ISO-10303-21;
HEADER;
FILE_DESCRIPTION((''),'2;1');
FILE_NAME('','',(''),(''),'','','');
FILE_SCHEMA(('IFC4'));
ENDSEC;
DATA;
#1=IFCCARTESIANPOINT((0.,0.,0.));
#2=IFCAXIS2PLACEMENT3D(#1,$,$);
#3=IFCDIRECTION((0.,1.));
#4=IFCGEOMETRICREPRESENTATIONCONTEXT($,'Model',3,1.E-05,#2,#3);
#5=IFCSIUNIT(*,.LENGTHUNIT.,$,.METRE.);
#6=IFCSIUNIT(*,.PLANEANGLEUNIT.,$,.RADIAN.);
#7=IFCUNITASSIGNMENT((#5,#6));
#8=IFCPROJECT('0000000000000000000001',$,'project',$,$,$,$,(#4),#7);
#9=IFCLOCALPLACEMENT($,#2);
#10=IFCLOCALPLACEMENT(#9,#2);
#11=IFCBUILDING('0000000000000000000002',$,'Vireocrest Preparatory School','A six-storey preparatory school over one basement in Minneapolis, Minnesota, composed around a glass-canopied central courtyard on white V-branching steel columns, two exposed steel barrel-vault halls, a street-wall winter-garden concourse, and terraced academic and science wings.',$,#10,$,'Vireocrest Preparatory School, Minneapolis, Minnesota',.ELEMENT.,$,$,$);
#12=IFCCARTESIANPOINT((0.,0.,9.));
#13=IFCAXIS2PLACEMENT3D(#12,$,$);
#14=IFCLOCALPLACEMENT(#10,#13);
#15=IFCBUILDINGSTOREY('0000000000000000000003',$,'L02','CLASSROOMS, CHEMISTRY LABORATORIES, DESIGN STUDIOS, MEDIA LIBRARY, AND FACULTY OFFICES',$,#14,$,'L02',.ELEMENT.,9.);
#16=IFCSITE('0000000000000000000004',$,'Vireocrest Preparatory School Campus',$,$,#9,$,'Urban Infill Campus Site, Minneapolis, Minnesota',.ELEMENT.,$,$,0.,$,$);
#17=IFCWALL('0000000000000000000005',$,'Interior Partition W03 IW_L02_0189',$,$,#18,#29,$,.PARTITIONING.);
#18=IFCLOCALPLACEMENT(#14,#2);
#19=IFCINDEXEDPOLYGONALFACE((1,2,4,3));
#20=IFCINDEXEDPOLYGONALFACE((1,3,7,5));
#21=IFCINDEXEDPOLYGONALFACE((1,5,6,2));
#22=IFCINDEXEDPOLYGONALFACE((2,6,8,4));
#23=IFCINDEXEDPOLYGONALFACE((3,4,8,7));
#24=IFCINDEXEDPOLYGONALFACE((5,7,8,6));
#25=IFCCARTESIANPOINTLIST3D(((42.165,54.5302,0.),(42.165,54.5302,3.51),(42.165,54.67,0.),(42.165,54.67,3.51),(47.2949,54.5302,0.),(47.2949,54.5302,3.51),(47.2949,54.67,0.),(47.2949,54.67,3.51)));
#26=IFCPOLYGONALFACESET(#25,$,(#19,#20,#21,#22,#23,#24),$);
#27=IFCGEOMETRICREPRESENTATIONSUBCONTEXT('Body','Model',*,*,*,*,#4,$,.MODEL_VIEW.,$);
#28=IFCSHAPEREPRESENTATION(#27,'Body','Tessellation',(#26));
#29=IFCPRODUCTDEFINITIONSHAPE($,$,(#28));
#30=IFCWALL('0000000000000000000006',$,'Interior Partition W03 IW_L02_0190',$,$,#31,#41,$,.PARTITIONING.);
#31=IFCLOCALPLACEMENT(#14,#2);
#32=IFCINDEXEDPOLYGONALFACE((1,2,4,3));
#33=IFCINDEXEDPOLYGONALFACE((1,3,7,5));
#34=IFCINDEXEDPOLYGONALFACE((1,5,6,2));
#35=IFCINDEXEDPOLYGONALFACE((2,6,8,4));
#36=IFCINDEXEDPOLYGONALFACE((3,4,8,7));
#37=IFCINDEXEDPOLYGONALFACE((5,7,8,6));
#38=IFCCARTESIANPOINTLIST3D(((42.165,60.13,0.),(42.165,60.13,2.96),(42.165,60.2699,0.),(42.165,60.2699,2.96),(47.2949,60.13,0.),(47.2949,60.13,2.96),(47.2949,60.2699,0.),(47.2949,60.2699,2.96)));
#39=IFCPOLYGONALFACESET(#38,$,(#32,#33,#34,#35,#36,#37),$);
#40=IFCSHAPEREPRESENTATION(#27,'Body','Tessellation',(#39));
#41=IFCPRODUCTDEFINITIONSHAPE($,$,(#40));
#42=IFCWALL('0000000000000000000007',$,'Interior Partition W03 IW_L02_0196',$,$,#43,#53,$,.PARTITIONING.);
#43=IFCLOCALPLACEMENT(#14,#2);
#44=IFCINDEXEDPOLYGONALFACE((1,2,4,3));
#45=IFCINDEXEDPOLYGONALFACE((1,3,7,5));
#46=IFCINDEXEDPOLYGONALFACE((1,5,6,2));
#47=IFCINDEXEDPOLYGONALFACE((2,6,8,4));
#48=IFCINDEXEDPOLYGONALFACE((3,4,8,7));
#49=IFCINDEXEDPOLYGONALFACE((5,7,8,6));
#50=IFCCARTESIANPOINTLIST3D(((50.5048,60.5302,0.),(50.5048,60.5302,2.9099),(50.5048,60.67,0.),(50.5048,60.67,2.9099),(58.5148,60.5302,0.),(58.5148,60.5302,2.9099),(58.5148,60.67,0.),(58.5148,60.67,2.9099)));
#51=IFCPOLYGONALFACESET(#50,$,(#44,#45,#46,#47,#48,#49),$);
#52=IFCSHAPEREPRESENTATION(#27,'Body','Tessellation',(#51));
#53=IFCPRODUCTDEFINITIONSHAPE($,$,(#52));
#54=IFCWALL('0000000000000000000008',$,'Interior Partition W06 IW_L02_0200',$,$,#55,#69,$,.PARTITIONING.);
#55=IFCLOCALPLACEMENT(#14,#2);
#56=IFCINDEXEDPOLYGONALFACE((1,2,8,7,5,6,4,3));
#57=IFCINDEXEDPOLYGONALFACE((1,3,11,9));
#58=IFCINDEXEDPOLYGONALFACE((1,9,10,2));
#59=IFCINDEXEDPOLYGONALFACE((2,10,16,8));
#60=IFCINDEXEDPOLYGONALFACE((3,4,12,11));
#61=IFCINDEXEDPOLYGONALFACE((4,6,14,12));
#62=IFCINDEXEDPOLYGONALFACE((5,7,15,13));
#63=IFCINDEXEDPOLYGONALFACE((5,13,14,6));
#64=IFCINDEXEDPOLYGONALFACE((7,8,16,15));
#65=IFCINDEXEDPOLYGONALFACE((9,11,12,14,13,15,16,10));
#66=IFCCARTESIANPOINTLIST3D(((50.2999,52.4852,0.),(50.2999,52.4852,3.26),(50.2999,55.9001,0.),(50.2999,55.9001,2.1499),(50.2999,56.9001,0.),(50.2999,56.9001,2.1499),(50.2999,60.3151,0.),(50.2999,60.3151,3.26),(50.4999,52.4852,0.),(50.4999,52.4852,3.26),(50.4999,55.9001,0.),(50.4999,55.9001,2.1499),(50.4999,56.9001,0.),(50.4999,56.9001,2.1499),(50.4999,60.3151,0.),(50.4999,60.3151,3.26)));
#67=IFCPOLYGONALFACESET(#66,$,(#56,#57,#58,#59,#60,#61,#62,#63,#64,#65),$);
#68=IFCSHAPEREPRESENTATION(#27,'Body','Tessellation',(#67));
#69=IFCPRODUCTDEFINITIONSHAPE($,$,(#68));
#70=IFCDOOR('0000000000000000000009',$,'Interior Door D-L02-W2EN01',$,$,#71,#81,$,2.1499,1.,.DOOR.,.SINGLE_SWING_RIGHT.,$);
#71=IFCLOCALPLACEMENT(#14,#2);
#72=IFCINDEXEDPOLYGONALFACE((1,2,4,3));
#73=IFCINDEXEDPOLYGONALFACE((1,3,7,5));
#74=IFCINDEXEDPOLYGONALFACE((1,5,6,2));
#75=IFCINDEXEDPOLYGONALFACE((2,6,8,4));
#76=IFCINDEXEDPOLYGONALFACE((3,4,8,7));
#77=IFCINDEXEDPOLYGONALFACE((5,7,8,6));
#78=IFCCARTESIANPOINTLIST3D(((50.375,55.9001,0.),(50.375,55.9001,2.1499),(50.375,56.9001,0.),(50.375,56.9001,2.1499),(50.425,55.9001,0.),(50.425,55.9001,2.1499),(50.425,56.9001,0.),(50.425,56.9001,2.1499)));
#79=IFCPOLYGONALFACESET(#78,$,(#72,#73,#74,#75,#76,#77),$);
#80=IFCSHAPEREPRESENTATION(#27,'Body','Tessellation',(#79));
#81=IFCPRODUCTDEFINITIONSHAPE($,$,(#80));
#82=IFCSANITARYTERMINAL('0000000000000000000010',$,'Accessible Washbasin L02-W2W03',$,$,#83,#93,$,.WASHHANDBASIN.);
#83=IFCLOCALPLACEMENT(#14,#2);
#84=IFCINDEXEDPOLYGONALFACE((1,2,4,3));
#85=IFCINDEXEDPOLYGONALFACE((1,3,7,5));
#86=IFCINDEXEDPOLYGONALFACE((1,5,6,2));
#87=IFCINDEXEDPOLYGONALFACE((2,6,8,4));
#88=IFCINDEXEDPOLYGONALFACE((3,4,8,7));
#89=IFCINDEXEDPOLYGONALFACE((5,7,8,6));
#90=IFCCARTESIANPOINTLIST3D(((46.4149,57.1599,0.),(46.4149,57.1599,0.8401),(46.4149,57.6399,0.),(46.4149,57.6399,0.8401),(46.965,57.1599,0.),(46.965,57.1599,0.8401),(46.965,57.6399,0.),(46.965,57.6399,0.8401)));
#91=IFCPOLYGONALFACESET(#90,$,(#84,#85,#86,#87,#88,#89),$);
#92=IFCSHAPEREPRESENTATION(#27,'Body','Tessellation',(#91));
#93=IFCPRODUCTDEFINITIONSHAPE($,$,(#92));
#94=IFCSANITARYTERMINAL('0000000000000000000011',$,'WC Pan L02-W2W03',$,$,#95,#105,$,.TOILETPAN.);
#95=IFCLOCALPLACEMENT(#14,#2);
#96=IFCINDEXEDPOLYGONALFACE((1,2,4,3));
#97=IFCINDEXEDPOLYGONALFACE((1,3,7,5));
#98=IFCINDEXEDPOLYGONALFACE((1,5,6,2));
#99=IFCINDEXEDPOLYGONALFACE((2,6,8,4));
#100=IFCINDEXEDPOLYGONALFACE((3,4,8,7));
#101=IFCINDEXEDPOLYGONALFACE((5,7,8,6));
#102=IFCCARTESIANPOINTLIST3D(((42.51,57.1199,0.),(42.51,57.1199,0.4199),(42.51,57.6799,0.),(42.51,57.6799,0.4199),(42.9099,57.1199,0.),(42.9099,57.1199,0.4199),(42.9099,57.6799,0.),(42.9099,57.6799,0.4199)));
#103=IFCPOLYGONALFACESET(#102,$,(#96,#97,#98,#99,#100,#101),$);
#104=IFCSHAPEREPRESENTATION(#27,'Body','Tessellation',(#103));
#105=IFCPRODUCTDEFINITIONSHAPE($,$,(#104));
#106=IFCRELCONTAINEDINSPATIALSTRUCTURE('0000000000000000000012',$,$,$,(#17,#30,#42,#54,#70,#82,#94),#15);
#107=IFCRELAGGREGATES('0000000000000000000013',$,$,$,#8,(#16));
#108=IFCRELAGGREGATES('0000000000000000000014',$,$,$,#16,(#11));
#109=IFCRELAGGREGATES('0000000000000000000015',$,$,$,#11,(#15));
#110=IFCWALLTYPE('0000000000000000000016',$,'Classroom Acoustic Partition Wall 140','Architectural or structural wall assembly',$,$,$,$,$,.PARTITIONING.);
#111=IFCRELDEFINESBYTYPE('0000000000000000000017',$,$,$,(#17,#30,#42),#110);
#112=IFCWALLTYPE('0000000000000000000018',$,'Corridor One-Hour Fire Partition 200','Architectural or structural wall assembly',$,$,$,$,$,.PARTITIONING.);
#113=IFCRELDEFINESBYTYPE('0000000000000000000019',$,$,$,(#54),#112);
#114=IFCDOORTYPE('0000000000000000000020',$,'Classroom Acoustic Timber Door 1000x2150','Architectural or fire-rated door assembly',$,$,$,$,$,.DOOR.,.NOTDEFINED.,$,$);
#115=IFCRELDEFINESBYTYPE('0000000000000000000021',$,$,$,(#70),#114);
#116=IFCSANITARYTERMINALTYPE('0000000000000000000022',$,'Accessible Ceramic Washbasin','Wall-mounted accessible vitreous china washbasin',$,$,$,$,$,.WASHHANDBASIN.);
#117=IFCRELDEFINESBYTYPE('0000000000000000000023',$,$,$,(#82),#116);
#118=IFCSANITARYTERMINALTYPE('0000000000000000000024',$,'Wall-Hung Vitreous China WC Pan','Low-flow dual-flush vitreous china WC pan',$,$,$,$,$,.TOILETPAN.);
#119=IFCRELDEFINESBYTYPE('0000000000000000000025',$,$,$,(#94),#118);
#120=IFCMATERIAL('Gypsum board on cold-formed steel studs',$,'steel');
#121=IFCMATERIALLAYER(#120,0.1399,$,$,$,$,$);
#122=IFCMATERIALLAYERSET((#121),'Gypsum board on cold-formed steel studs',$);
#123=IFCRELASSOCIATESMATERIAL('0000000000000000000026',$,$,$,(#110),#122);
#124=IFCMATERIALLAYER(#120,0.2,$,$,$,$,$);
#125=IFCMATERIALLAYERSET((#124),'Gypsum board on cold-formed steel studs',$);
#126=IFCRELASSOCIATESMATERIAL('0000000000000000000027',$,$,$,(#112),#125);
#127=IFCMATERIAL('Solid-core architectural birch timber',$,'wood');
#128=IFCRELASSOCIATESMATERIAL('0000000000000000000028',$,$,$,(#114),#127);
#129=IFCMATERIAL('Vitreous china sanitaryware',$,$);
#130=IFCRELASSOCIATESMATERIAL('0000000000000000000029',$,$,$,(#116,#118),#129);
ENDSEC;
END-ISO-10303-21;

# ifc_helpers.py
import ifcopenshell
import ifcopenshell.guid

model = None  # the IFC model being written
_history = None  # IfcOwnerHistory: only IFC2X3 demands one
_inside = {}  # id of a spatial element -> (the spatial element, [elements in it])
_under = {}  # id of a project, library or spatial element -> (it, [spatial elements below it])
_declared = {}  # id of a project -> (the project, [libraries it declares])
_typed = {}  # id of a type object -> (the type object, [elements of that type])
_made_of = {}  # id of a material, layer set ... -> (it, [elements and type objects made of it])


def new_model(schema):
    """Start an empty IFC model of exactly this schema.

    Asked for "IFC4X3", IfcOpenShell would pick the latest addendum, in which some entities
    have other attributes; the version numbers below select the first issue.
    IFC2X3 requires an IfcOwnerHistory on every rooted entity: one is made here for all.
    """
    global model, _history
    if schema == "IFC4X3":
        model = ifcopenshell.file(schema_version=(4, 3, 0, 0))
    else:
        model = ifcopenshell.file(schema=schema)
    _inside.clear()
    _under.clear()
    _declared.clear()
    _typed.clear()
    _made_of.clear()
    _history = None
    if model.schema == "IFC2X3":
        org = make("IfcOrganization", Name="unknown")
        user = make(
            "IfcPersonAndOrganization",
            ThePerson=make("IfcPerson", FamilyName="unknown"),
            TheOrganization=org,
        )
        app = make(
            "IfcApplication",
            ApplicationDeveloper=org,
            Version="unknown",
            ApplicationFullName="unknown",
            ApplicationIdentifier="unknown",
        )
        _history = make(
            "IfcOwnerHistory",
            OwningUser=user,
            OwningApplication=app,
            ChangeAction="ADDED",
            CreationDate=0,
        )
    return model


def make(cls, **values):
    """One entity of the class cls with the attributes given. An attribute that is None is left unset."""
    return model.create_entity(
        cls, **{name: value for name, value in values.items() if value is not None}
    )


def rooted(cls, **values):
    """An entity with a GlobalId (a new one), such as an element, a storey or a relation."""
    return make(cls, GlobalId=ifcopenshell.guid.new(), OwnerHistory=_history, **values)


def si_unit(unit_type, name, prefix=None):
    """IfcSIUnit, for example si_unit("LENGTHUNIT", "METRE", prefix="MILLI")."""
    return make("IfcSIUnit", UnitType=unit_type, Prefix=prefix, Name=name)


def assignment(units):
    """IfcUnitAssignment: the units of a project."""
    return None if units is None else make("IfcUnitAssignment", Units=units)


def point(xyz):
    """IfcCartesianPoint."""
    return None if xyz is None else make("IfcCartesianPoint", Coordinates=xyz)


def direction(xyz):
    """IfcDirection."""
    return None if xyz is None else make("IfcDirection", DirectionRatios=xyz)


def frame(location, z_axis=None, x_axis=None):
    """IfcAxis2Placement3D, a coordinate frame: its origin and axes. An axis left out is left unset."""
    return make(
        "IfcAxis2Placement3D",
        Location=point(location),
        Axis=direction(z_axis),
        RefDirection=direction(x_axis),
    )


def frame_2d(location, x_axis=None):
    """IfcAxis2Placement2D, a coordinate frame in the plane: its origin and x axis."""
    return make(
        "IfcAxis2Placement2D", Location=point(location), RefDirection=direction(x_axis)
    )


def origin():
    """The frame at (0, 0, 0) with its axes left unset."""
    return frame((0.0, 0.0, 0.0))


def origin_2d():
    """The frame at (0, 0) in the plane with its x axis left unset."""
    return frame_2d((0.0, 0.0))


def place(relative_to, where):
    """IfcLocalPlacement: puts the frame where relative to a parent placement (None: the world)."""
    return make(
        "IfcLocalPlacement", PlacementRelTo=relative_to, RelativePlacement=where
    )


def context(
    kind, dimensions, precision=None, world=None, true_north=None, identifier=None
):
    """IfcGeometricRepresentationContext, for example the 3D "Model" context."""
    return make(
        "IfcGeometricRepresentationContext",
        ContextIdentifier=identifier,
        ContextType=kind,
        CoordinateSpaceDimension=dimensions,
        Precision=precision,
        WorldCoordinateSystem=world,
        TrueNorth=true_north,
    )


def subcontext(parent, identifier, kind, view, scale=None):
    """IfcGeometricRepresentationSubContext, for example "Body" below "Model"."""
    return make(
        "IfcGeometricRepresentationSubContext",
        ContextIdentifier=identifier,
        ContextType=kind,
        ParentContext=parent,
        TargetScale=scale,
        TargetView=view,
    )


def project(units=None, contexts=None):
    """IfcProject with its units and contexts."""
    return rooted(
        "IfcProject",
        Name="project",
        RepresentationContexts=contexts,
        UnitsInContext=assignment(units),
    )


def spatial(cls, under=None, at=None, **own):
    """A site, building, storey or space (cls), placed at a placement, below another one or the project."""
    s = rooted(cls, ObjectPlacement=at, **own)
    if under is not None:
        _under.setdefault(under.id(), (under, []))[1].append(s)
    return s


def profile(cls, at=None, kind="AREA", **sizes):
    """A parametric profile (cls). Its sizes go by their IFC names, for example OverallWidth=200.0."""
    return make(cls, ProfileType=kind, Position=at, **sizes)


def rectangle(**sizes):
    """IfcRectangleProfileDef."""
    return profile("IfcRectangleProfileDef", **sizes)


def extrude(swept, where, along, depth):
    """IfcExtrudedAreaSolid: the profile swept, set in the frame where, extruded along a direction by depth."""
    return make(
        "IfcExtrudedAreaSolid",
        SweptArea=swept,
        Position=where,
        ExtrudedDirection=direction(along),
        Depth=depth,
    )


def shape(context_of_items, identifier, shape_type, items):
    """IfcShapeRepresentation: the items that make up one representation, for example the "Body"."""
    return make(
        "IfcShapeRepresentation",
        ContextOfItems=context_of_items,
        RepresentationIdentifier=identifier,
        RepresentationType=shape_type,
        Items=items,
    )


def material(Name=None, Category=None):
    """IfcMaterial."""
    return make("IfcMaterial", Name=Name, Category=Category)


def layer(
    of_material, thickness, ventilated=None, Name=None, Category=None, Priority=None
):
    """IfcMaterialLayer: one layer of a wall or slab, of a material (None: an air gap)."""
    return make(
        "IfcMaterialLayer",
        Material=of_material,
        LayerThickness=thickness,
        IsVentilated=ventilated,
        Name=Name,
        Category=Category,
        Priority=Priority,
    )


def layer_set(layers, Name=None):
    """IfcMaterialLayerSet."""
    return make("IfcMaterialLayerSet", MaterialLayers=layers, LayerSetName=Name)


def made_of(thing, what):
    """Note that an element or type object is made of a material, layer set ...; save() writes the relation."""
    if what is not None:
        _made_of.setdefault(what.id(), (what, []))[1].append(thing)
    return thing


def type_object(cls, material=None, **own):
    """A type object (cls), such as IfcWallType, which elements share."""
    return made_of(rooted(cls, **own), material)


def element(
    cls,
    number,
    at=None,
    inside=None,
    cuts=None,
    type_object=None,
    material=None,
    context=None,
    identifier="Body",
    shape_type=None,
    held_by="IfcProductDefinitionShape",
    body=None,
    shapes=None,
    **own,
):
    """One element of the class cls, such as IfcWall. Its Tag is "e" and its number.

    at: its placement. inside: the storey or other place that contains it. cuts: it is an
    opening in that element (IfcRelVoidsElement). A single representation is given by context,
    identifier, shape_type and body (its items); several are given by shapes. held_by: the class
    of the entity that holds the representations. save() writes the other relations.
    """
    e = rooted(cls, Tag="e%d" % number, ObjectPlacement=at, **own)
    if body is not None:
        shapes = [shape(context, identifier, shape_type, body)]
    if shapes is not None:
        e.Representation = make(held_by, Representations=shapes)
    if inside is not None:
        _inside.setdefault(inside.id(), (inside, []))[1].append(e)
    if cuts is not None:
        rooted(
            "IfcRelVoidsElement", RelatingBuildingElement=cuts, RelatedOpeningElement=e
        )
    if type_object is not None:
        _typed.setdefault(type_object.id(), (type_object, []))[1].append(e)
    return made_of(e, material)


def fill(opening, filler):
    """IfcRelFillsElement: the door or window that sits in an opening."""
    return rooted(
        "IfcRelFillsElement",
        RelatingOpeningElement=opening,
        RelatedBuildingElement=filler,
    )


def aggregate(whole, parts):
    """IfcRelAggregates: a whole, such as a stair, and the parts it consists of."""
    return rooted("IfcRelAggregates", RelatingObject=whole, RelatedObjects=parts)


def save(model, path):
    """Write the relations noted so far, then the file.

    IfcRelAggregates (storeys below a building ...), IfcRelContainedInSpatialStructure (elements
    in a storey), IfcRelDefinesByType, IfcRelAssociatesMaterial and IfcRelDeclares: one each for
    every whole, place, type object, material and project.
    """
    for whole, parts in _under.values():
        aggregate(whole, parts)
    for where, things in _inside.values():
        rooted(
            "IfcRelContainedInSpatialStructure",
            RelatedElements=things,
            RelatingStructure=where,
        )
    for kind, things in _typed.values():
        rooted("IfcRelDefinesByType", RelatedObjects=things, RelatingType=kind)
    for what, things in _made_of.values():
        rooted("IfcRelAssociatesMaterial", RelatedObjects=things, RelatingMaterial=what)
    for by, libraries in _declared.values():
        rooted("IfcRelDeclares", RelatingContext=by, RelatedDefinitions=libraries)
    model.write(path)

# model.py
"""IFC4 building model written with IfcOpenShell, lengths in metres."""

from ifc_helpers import new_model, si_unit, direction, frame, frame_2d, origin, origin_2d, place, context, subcontext, project, spatial, rectangle, extrude, material, layer, layer_set, type_object, element, fill, save


model = new_model("IFC4")

# Units and contexts
model_context = context("Model", 3, precision=1e-05, world=origin(), true_north=direction((0.0, 1.0)))
body_context = subcontext(model_context, "Body", "Model", "MODEL_VIEW")
ifc_project = project(units=[si_unit("LENGTHUNIT", "METRE"), si_unit("PLANEANGLEUNIT", "RADIAN")], contexts=[model_context])

# Site, building, storey
site_placement = place(None, origin())
site = spatial("IfcSite", under=ifc_project, at=site_placement, Name="Vireocrest Preparatory School Campus", LongName="Urban Infill Campus Site, Minneapolis, Minnesota", CompositionType="ELEMENT", RefElevation=0.0)
building_placement = place(site_placement, origin())
building = spatial("IfcBuilding", under=site, at=building_placement, Name="Vireocrest Preparatory School", Description="A six-storey preparatory school over one basement in Minneapolis, Minnesota, composed around a glass-canopied central courtyard on white V-branching steel columns, two exposed steel barrel-vault halls, a street-wall winter-garden concourse, and terraced academic and science wings.", LongName="Vireocrest Preparatory School, Minneapolis, Minnesota", CompositionType="ELEMENT")
storey_placement = place(building_placement, frame((0.0, 0.0, 9.0)))
storey = spatial("IfcBuildingStorey", under=building, at=storey_placement, Name="L02", Description="CLASSROOMS, CHEMISTRY LABORATORIES, DESIGN STUDIOS, MEDIA LIBRARY, AND FACULTY OFFICES", LongName="L02", CompositionType="ELEMENT", Elevation=9.0)

# Walls
ifc_material_1 = material(Name="Gypsum board on cold-formed steel studs", Category="steel")
ifc_layer_1 = layer(ifc_material_1, 0.1399)
ifc_layer_set_1 = layer_set([ifc_layer_1], Name="Gypsum board on cold-formed steel studs")
wall_type_1 = type_object("IfcWallType", Name="Classroom Acoustic Partition Wall 140", Description="Architectural or structural wall assembly", PredefinedType="PARTITIONING", material=ifc_layer_set_1)
wall_1_placement = place(storey_placement, frame((42.165, 54.6001, 0.0), z_axis=(0.0, 0.0, 1.0), x_axis=(1.0, 0.0, 0.0)))
element("IfcWall", 1, at=wall_1_placement, inside=storey, type_object=wall_type_1, Name="Interior Partition W03 IW_L02_0189", PredefinedType="PARTITIONING", context=body_context, shape_type="SweptSolid", body=[
    extrude(rectangle(XDim=5.1299, YDim=0.1399, at=frame_2d((2.5649, 0.0))), origin(), (0.0, 0.0, 1.0), 3.51),
])
wall_2_placement = place(storey_placement, frame((42.165, 60.2, 0.0), z_axis=(0.0, 0.0, 1.0), x_axis=(1.0, 0.0, 0.0)))
element("IfcWall", 2, at=wall_2_placement, inside=storey, type_object=wall_type_1, Name="Interior Partition W03 IW_L02_0190", PredefinedType="PARTITIONING", context=body_context, shape_type="SweptSolid", body=[
    extrude(rectangle(XDim=5.1299, YDim=0.1399, at=frame_2d((2.5649, 0.0))), origin(), (0.0, 0.0, 1.0), 2.96),
])
wall_3_placement = place(storey_placement, frame((50.5049, 60.6001, 0.0), z_axis=(0.0, 0.0, 1.0), x_axis=(1.0, 0.0, 0.0)))
element("IfcWall", 3, at=wall_3_placement, inside=storey, type_object=wall_type_1, Name="Interior Partition W03 IW_L02_0196", PredefinedType="PARTITIONING", context=body_context, shape_type="SweptSolid", body=[
    extrude(rectangle(XDim=8.01, YDim=0.1399, at=frame_2d((4.0049, 0.0))), origin(), (0.0, 0.0, 1.0), 2.9099),
])

# Wall, opening, door
ifc_layer_2 = layer(ifc_material_1, 0.2)
ifc_layer_set_2 = layer_set([ifc_layer_2], Name="Gypsum board on cold-formed steel studs")
wall_type_2 = type_object("IfcWallType", Name="Corridor One-Hour Fire Partition 200", Description="Architectural or structural wall assembly", PredefinedType="PARTITIONING", material=ifc_layer_set_2)
wall_4_placement = place(storey_placement, frame((50.3999, 52.4851, 0.0), z_axis=(0.0, 0.0, 1.0), x_axis=(0.0, 1.0, 0.0)))
wall_4 = element("IfcWall", 4, at=wall_4_placement, inside=storey, type_object=wall_type_2, Name="Interior Partition W06 IW_L02_0200", PredefinedType="PARTITIONING", context=body_context, shape_type="SweptSolid", body=[
    extrude(rectangle(XDim=7.8298, YDim=0.2, at=frame_2d((3.915, 0.0))), origin(), (0.0, 0.0, 1.0), 3.26),
])
opening_placement = place(wall_4_placement, frame((3.415, 0.0, 0.0)))
opening = element("IfcOpeningElement", 5, at=opening_placement, cuts=wall_4, PredefinedType="OPENING", context=body_context, shape_type="SweptSolid", body=[
    extrude(rectangle(XDim=1.0, YDim=2.1499, at=frame_2d((0.5, 1.075))), frame((0.0, 0.1099, 0.0), z_axis=(0.0, -1.0, 0.0), x_axis=(1.0, 0.0, 0.0)), (0.0, 0.0, 1.0), 0.22),
])
ifc_material_2 = material(Name="Solid-core architectural birch timber", Category="wood")
door_type = type_object("IfcDoorType", Name="Classroom Acoustic Timber Door 1000x2150", Description="Architectural or fire-rated door assembly", OperationType="NOTDEFINED", PredefinedType="DOOR", material=ifc_material_2)
door_placement = place(opening_placement, origin())
door = element("IfcDoor", 6, at=door_placement, inside=storey, type_object=door_type, Name="Interior Door D-L02-W2EN01", OperationType="SINGLE_SWING_RIGHT", OverallHeight=2.1499, OverallWidth=1.0, PredefinedType="DOOR", context=body_context, shape_type="SweptSolid", body=[
    extrude(rectangle(XDim=1.0, YDim=2.1499, at=frame_2d((0.5, 1.075))), frame((0.0, 0.0249, 0.0), z_axis=(0.0, -1.0, 0.0), x_axis=(1.0, 0.0, 0.0)), (0.0, 0.0, 1.0), 0.05),
])
fill(opening, door)

# Sanitary terminals
ifc_material_3 = material(Name="Vitreous china sanitaryware")
sanitary_terminal_type_1 = type_object("IfcSanitaryTerminalType", Name="Accessible Ceramic Washbasin", Description="Wall-mounted accessible vitreous china washbasin", PredefinedType="WASHHANDBASIN", material=ifc_material_3)
sanitary_terminal_1_placement = place(storey_placement, frame((46.6899, 57.3999, 0.0), z_axis=(0.0, 0.0, 1.0), x_axis=(1.0, 0.0, 0.0)))
element("IfcSanitaryTerminal", 7, at=sanitary_terminal_1_placement, inside=storey, type_object=sanitary_terminal_type_1, Name="Accessible Washbasin L02-W2W03", PredefinedType="WASHHANDBASIN", context=body_context, shape_type="SweptSolid", body=[
    extrude(rectangle(XDim=0.55, YDim=0.48, at=origin_2d()), origin(), (0.0, 0.0, 1.0), 0.8401),
])
sanitary_terminal_type_2 = type_object("IfcSanitaryTerminalType", Name="Wall-Hung Vitreous China WC Pan", Description="Low-flow dual-flush vitreous china WC pan", PredefinedType="TOILETPAN", material=ifc_material_3)
sanitary_terminal_2_placement = place(storey_placement, frame((42.71, 57.3999, 0.0), z_axis=(0.0, 0.0, 1.0), x_axis=(1.0, 0.0, 0.0)))
element("IfcSanitaryTerminal", 8, at=sanitary_terminal_2_placement, inside=storey, type_object=sanitary_terminal_type_2, Name="WC Pan L02-W2W03", PredefinedType="TOILETPAN", context=body_context, shape_type="SweptSolid", body=[
    extrude(rectangle(XDim=0.3999, YDim=0.5601, at=origin_2d()), origin(), (0.0, 0.0, 1.0), 0.4199),
])

save(model, "model.ifc")
